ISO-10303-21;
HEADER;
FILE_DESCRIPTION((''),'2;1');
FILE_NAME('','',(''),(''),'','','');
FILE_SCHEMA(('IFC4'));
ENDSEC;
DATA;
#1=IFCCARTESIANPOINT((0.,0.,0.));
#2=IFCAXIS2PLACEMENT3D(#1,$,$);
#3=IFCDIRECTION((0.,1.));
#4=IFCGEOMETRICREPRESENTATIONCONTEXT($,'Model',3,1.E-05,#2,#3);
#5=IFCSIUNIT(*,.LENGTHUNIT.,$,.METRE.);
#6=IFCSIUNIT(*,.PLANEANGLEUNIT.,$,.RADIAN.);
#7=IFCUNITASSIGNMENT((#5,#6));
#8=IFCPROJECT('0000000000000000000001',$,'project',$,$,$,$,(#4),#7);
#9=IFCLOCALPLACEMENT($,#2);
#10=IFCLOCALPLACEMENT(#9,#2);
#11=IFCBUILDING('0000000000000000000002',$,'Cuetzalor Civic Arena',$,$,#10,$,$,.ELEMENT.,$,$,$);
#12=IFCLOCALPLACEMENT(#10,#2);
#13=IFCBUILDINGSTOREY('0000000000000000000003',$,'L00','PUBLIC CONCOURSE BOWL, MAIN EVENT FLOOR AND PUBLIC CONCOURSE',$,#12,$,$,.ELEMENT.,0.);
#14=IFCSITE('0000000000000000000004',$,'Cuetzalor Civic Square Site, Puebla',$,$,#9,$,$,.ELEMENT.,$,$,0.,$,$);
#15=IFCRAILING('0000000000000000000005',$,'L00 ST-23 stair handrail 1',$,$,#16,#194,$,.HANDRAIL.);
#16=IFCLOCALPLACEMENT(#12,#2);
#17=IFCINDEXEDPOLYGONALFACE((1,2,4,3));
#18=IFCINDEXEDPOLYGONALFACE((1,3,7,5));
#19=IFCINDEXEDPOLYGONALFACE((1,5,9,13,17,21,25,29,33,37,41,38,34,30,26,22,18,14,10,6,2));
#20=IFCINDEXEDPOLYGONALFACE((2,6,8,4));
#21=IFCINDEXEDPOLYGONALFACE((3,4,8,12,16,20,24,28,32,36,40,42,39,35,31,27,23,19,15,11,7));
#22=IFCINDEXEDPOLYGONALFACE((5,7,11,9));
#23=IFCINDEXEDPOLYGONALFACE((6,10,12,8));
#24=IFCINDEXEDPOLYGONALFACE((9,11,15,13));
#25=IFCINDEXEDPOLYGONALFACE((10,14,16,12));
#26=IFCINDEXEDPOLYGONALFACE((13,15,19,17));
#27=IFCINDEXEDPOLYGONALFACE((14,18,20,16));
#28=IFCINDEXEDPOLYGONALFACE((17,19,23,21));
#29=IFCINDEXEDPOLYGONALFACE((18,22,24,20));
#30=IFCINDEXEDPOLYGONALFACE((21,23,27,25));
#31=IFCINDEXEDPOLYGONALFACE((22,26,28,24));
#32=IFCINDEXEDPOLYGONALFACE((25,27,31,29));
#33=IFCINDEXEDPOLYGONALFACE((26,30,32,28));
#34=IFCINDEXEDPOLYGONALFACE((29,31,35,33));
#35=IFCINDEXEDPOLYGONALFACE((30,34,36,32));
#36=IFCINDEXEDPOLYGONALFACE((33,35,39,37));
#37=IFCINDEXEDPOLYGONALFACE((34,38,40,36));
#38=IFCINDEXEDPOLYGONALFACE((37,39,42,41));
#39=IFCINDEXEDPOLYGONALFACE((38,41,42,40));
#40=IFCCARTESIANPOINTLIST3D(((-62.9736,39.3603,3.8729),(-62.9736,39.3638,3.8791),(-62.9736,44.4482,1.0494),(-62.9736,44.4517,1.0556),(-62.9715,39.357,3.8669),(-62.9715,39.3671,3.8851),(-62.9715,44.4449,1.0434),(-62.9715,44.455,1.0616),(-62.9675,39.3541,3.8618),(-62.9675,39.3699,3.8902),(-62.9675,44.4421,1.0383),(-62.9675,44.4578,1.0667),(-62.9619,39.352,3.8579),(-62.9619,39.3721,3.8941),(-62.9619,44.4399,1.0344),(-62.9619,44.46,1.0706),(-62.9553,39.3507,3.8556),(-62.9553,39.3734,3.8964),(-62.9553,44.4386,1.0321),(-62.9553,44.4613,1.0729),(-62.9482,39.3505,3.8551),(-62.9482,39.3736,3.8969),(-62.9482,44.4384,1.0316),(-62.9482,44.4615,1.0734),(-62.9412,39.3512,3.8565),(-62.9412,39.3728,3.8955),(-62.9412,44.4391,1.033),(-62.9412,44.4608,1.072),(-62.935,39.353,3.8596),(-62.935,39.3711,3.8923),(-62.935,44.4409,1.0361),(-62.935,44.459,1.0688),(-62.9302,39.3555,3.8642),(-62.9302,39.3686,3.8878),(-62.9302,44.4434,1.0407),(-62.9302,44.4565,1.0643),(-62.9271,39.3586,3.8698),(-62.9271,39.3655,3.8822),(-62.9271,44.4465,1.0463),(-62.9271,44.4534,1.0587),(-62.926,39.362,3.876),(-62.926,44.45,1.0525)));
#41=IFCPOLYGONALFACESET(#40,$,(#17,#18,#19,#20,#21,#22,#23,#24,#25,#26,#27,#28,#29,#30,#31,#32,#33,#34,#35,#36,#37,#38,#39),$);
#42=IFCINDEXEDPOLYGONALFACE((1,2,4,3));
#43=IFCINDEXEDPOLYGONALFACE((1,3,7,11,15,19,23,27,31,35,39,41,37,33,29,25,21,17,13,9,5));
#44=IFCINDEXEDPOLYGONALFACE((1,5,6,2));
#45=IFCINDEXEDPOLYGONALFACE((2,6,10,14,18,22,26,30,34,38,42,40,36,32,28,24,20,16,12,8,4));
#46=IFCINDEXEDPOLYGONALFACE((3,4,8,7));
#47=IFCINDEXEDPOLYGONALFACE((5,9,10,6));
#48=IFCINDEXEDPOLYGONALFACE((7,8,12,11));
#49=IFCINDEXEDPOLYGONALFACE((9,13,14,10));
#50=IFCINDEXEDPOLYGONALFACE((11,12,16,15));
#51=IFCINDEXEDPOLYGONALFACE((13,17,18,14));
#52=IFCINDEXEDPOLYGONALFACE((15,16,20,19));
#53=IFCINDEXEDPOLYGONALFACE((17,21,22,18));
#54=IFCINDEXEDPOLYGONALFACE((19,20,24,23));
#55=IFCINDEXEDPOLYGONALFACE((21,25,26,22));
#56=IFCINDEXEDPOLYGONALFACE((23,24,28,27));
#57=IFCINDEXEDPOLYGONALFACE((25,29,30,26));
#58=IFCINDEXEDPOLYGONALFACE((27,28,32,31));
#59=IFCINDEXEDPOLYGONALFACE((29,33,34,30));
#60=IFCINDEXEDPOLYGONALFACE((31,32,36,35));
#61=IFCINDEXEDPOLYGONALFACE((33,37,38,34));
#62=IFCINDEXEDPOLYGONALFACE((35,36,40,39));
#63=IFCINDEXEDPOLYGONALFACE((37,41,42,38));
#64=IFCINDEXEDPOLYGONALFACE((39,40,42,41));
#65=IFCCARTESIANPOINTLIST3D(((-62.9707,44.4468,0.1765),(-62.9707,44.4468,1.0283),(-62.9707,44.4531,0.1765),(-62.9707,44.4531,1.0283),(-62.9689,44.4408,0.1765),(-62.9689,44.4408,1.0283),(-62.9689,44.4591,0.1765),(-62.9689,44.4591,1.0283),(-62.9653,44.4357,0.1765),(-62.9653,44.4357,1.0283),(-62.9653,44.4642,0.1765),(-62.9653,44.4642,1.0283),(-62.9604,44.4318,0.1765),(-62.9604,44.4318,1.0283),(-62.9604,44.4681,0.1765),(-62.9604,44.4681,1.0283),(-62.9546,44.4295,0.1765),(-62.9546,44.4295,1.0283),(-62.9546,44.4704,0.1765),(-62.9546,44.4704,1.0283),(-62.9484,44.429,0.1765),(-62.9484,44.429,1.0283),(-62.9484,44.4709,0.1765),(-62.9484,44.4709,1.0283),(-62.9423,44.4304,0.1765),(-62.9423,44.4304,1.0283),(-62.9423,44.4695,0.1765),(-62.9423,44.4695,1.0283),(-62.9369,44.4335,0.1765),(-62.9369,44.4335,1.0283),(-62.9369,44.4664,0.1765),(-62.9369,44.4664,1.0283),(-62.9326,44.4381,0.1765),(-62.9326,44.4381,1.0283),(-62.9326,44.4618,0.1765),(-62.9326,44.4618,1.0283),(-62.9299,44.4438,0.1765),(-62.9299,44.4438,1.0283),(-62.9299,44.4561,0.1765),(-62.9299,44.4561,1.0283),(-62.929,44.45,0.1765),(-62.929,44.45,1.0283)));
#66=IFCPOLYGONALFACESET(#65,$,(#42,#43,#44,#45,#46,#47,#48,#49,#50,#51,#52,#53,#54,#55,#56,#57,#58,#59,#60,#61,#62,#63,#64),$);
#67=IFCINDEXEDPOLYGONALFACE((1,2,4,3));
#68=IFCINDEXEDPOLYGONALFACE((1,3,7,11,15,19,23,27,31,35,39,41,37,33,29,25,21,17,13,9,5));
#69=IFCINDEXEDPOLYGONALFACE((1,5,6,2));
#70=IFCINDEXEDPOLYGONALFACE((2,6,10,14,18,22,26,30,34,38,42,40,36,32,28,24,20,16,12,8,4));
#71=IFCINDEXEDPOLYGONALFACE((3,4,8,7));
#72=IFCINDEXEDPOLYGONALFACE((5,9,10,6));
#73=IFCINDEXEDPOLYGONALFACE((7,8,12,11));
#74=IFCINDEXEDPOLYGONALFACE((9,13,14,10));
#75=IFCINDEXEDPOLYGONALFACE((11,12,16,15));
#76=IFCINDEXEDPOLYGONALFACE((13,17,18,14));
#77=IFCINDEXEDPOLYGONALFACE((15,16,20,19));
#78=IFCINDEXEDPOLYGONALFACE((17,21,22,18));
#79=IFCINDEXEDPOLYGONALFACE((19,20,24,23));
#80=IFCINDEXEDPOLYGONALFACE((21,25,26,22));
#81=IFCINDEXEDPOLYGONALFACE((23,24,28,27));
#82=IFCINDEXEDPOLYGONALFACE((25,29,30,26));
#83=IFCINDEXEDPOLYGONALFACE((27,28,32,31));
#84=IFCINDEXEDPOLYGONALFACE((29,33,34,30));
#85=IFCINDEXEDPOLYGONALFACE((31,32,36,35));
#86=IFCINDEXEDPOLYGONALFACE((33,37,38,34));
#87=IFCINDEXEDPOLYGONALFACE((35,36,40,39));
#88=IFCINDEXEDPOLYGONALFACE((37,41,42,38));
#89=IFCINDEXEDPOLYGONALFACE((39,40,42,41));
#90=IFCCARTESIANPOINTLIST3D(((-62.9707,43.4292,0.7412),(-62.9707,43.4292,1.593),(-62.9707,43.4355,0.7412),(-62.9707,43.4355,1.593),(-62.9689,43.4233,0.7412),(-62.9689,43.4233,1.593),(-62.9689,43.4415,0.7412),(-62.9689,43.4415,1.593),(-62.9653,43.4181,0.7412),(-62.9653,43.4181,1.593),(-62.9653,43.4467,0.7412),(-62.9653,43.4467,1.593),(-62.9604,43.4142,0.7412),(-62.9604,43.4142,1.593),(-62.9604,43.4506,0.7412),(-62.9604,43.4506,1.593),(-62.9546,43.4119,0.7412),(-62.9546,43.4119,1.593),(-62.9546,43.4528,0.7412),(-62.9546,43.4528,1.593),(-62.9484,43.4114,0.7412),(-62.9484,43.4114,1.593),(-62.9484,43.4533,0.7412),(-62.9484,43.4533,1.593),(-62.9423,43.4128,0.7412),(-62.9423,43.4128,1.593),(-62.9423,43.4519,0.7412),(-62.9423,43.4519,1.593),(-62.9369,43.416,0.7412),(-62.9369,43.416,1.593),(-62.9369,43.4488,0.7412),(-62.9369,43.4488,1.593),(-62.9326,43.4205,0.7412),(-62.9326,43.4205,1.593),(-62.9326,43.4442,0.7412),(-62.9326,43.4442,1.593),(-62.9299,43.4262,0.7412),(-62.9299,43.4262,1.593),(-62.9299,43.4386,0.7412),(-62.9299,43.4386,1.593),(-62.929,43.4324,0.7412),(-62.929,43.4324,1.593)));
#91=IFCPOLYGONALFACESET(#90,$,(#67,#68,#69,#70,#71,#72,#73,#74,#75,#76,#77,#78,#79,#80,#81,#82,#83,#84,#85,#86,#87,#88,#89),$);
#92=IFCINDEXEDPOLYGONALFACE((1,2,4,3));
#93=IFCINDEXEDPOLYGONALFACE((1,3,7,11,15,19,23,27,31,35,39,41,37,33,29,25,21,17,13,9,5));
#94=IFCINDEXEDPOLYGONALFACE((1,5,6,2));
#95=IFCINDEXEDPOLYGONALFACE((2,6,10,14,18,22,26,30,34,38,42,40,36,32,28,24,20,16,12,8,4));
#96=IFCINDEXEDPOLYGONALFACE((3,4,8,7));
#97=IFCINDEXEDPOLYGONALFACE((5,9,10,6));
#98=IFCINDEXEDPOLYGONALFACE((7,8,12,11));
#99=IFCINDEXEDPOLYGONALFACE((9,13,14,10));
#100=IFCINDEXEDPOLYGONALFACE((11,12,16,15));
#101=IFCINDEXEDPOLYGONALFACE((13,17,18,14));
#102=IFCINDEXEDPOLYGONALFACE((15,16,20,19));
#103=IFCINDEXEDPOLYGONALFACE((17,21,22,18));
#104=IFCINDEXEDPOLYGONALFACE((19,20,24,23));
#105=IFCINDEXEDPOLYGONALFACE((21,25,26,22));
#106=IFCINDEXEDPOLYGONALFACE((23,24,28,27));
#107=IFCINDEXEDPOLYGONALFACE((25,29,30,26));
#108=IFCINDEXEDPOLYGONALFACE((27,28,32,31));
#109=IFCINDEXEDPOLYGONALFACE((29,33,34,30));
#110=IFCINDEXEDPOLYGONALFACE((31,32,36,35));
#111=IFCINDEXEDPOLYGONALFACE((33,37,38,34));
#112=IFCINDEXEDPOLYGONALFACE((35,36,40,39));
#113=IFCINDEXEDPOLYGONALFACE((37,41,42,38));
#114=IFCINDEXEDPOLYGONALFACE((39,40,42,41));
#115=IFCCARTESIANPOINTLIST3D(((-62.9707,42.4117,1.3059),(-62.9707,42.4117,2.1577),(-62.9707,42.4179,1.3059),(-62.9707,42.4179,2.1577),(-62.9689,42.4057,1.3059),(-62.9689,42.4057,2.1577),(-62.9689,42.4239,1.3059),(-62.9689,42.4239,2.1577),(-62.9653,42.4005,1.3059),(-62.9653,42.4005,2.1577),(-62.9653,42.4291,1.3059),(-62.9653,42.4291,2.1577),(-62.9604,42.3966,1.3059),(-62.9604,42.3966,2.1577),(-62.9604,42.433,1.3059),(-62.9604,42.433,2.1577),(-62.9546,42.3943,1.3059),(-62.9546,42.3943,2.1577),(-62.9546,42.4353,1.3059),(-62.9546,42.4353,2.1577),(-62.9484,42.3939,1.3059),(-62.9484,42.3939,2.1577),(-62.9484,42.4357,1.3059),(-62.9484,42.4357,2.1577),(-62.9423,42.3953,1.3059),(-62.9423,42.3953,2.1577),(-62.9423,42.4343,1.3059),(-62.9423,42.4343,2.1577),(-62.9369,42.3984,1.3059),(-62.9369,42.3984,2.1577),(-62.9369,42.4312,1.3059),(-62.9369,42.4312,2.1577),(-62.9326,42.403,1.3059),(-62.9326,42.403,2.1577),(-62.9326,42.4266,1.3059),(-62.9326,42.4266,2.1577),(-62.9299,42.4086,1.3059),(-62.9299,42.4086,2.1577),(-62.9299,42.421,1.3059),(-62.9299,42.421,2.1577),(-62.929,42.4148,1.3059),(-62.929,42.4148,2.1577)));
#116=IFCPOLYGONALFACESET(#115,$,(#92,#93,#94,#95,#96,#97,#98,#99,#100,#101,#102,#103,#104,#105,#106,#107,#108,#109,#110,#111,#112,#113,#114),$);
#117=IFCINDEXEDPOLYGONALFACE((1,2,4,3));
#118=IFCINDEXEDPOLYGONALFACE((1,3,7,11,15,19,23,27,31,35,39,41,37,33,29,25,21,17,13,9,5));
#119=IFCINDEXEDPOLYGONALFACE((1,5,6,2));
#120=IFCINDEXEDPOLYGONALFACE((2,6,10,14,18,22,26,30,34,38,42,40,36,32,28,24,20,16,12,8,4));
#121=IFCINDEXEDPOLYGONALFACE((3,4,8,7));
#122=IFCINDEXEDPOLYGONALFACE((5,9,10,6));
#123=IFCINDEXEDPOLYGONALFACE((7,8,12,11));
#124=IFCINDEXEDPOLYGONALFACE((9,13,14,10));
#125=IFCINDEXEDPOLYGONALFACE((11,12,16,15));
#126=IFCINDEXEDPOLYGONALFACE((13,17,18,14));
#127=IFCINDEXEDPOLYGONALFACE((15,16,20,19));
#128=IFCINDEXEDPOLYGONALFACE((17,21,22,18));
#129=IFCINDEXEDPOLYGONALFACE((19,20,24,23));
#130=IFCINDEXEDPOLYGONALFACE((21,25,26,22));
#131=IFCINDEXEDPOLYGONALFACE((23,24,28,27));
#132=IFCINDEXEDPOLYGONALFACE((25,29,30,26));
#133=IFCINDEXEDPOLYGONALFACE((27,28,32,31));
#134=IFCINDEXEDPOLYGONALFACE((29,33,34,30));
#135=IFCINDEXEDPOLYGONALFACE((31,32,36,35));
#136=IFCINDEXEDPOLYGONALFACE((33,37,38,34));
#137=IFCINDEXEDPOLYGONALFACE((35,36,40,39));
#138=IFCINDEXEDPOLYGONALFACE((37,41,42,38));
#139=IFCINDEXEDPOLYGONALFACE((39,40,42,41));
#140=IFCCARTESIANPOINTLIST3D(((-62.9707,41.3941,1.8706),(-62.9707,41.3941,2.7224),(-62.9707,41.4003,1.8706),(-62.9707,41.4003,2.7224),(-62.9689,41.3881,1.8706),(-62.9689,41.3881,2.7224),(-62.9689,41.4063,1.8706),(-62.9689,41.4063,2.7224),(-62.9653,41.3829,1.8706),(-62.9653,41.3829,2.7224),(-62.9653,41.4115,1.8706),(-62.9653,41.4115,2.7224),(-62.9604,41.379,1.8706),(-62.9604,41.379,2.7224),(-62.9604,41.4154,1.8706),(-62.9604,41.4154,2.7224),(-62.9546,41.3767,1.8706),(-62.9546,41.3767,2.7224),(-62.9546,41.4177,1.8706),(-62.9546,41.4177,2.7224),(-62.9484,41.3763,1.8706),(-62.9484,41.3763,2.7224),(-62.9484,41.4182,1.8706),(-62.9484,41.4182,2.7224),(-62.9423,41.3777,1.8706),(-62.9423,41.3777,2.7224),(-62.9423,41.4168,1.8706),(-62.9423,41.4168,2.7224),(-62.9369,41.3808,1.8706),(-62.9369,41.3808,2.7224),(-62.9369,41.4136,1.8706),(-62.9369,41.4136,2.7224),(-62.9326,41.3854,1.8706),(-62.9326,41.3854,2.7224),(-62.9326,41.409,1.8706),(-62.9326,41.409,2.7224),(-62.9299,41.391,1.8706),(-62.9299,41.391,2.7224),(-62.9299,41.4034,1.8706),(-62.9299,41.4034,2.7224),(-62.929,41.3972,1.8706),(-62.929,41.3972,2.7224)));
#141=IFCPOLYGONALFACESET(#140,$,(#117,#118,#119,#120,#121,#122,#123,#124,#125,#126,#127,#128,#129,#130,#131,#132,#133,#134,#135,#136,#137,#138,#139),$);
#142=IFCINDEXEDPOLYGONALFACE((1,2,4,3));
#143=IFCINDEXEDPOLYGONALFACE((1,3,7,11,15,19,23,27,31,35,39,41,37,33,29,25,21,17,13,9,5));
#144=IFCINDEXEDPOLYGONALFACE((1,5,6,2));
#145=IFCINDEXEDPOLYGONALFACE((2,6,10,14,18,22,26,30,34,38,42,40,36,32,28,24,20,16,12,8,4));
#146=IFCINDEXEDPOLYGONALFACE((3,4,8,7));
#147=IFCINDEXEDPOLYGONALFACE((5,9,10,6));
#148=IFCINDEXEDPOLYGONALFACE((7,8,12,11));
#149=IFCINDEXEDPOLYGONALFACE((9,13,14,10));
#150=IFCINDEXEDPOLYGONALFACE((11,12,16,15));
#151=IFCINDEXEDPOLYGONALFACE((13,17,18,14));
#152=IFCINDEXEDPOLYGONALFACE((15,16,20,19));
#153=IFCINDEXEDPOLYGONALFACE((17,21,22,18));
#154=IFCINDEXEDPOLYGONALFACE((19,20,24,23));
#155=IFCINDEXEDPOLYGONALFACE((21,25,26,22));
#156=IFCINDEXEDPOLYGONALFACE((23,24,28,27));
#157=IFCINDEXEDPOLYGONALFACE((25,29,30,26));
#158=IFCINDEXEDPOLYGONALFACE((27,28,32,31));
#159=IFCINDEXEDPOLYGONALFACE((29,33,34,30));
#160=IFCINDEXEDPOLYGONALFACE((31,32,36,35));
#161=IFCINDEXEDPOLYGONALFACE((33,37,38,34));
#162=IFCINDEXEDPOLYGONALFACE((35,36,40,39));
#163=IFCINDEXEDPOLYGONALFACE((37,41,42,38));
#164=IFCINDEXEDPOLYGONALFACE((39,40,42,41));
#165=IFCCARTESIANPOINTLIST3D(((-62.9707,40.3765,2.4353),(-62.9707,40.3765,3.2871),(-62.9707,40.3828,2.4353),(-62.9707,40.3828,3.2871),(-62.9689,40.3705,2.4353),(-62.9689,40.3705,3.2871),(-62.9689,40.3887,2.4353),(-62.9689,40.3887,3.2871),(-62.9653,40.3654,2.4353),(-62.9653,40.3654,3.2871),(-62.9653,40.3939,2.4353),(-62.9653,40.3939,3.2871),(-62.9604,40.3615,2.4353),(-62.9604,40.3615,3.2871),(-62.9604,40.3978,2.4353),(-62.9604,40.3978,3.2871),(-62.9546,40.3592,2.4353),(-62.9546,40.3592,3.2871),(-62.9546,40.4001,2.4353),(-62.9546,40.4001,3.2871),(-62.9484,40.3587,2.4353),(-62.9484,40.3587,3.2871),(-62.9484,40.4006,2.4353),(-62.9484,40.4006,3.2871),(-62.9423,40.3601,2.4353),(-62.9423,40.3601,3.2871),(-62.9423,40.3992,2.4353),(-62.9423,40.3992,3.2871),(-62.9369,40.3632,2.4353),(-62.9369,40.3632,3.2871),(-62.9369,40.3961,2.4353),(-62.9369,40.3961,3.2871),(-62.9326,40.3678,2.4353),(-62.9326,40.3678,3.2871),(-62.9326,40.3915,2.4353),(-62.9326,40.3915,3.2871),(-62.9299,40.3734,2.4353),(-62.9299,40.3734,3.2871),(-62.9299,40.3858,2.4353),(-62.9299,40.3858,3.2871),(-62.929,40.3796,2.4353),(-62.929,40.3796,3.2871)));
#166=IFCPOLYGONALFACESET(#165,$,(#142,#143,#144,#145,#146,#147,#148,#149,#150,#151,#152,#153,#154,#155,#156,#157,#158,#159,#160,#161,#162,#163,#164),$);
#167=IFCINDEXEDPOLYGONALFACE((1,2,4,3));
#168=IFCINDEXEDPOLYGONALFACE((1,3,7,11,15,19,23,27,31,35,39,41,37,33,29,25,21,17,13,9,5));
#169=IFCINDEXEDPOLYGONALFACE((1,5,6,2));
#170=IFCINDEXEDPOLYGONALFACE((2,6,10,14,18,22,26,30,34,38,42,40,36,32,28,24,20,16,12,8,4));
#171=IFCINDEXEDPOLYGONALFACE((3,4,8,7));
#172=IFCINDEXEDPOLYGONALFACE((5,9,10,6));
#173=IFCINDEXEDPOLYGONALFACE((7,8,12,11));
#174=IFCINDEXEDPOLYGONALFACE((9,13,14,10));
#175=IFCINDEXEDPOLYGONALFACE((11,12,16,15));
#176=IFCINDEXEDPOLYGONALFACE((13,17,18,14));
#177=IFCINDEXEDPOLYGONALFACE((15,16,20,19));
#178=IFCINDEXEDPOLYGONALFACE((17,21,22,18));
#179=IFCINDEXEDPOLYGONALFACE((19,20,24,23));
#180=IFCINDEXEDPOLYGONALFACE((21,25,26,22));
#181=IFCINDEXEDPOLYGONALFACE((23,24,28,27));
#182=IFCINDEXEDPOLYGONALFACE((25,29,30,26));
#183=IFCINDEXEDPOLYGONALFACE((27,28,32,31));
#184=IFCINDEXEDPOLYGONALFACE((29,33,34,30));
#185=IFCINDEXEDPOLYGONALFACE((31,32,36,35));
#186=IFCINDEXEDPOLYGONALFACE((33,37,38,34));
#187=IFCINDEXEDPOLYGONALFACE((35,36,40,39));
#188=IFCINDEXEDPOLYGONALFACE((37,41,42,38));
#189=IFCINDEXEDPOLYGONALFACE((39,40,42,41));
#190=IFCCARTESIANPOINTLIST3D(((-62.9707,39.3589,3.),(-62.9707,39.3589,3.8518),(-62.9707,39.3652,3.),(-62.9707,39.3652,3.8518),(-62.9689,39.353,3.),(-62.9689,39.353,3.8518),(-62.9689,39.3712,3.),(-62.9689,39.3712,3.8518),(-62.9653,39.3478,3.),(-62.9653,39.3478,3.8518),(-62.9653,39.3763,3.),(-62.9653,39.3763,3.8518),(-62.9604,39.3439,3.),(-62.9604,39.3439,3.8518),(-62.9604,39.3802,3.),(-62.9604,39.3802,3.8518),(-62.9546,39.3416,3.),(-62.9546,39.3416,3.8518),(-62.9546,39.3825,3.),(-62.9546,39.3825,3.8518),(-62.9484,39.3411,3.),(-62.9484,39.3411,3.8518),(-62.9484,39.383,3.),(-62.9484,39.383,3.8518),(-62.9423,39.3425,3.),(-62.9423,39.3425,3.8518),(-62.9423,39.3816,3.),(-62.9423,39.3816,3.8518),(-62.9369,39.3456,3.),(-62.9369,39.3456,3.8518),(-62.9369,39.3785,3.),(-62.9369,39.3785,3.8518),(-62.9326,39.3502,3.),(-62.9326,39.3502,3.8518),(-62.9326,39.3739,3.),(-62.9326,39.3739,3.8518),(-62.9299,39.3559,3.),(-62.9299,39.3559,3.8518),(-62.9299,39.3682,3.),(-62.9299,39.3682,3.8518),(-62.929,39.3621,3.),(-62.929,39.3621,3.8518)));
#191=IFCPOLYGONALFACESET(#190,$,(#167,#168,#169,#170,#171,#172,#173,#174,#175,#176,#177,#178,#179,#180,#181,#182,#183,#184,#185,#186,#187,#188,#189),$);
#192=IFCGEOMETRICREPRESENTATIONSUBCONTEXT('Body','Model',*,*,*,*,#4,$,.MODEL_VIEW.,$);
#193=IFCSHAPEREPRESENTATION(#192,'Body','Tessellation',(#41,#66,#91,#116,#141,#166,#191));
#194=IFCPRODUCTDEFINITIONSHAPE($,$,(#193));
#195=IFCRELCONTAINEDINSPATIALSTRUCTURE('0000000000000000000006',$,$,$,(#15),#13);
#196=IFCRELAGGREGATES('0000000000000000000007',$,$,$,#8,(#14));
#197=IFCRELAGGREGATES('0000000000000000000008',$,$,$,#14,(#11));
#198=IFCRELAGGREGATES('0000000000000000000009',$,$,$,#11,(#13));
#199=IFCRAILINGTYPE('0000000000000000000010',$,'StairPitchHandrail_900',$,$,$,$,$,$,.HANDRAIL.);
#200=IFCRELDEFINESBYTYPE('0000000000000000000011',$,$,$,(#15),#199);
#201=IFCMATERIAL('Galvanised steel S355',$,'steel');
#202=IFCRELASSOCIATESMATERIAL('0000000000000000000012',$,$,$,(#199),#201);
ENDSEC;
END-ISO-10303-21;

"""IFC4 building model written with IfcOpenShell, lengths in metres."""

from ifc_helpers import new_model, si_unit, direction, frame, origin, origin_2d, place, context, subcontext, project, spatial, circle, extrude, material, type_object, element, save


model = new_model("IFC4")

# Units and contexts
model_context = context("Model", 3, precision=1e-05, world=origin(), true_north=direction((0.0, 1.0)))
body_context = subcontext(model_context, "Body", "Model", "MODEL_VIEW")
ifc_project = project(units=[si_unit("LENGTHUNIT", "METRE"), si_unit("PLANEANGLEUNIT", "RADIAN")], contexts=[model_context])

# Site, building, storey
site_placement = place(None, origin())
site = spatial("IfcSite", under=ifc_project, at=site_placement, Name="Cuetzalor Civic Square Site, Puebla", CompositionType="ELEMENT", RefElevation=0.0)
building_placement = place(site_placement, origin())
building = spatial("IfcBuilding", under=site, at=building_placement, Name="Cuetzalor Civic Arena", CompositionType="ELEMENT")
storey_placement = place(building_placement, origin())
storey = spatial("IfcBuildingStorey", under=building, at=storey_placement, Name="L00", Description="PUBLIC CONCOURSE BOWL, MAIN EVENT FLOOR AND PUBLIC CONCOURSE", CompositionType="ELEMENT", Elevation=0.0)

# Railing
ifc_material_1 = material(Name="Galvanised steel S355", Category="steel")
railing_type_1 = type_object("IfcRailingType", Name="StairPitchHandrail_900", PredefinedType="HANDRAIL", material=ifc_material_1)
railing_1_placement = place(storey_placement, frame((-62.95, 44.45, 0.1765)))
element("IfcRailing", 1, at=railing_1_placement, inside=storey, type_object=railing_type_1, Name="L00 ST-23 stair handrail 1", PredefinedType="HANDRAIL", context=body_context, shape_type="SweptSolid", body=[
    extrude(circle(Radius=0.0239, at=origin_2d()), frame((0.0, 0.0, 0.876), z_axis=(0.0, -0.874385, 0.485233), x_axis=(1.0, 0.0, 0.0)), (0.0, 0.0, 1.0), 5.8188),
    extrude(circle(Radius=0.021, at=origin_2d()), origin(), (0.0, 0.0, 1.0), 0.8518),
    extrude(circle(Radius=0.021, at=origin_2d()), frame((0.0, -1.0176, 0.5647)), (0.0, 0.0, 1.0), 0.8518),
    extrude(circle(Radius=0.021, at=origin_2d()), frame((0.0, -2.0352, 1.1294)), (0.0, 0.0, 1.0), 0.8518),
    extrude(circle(Radius=0.021, at=origin_2d()), frame((0.0, -3.0527, 1.6941)), (0.0, 0.0, 1.0), 0.8518),
    extrude(circle(Radius=0.021, at=origin_2d()), frame((0.0, -4.0703, 2.2588)), (0.0, 0.0, 1.0), 0.8518),
    extrude(circle(Radius=0.021, at=origin_2d()), frame((0.0, -5.0879, 2.8235)), (0.0, 0.0, 1.0), 0.8518),
])

save(model, "model.ifc")
